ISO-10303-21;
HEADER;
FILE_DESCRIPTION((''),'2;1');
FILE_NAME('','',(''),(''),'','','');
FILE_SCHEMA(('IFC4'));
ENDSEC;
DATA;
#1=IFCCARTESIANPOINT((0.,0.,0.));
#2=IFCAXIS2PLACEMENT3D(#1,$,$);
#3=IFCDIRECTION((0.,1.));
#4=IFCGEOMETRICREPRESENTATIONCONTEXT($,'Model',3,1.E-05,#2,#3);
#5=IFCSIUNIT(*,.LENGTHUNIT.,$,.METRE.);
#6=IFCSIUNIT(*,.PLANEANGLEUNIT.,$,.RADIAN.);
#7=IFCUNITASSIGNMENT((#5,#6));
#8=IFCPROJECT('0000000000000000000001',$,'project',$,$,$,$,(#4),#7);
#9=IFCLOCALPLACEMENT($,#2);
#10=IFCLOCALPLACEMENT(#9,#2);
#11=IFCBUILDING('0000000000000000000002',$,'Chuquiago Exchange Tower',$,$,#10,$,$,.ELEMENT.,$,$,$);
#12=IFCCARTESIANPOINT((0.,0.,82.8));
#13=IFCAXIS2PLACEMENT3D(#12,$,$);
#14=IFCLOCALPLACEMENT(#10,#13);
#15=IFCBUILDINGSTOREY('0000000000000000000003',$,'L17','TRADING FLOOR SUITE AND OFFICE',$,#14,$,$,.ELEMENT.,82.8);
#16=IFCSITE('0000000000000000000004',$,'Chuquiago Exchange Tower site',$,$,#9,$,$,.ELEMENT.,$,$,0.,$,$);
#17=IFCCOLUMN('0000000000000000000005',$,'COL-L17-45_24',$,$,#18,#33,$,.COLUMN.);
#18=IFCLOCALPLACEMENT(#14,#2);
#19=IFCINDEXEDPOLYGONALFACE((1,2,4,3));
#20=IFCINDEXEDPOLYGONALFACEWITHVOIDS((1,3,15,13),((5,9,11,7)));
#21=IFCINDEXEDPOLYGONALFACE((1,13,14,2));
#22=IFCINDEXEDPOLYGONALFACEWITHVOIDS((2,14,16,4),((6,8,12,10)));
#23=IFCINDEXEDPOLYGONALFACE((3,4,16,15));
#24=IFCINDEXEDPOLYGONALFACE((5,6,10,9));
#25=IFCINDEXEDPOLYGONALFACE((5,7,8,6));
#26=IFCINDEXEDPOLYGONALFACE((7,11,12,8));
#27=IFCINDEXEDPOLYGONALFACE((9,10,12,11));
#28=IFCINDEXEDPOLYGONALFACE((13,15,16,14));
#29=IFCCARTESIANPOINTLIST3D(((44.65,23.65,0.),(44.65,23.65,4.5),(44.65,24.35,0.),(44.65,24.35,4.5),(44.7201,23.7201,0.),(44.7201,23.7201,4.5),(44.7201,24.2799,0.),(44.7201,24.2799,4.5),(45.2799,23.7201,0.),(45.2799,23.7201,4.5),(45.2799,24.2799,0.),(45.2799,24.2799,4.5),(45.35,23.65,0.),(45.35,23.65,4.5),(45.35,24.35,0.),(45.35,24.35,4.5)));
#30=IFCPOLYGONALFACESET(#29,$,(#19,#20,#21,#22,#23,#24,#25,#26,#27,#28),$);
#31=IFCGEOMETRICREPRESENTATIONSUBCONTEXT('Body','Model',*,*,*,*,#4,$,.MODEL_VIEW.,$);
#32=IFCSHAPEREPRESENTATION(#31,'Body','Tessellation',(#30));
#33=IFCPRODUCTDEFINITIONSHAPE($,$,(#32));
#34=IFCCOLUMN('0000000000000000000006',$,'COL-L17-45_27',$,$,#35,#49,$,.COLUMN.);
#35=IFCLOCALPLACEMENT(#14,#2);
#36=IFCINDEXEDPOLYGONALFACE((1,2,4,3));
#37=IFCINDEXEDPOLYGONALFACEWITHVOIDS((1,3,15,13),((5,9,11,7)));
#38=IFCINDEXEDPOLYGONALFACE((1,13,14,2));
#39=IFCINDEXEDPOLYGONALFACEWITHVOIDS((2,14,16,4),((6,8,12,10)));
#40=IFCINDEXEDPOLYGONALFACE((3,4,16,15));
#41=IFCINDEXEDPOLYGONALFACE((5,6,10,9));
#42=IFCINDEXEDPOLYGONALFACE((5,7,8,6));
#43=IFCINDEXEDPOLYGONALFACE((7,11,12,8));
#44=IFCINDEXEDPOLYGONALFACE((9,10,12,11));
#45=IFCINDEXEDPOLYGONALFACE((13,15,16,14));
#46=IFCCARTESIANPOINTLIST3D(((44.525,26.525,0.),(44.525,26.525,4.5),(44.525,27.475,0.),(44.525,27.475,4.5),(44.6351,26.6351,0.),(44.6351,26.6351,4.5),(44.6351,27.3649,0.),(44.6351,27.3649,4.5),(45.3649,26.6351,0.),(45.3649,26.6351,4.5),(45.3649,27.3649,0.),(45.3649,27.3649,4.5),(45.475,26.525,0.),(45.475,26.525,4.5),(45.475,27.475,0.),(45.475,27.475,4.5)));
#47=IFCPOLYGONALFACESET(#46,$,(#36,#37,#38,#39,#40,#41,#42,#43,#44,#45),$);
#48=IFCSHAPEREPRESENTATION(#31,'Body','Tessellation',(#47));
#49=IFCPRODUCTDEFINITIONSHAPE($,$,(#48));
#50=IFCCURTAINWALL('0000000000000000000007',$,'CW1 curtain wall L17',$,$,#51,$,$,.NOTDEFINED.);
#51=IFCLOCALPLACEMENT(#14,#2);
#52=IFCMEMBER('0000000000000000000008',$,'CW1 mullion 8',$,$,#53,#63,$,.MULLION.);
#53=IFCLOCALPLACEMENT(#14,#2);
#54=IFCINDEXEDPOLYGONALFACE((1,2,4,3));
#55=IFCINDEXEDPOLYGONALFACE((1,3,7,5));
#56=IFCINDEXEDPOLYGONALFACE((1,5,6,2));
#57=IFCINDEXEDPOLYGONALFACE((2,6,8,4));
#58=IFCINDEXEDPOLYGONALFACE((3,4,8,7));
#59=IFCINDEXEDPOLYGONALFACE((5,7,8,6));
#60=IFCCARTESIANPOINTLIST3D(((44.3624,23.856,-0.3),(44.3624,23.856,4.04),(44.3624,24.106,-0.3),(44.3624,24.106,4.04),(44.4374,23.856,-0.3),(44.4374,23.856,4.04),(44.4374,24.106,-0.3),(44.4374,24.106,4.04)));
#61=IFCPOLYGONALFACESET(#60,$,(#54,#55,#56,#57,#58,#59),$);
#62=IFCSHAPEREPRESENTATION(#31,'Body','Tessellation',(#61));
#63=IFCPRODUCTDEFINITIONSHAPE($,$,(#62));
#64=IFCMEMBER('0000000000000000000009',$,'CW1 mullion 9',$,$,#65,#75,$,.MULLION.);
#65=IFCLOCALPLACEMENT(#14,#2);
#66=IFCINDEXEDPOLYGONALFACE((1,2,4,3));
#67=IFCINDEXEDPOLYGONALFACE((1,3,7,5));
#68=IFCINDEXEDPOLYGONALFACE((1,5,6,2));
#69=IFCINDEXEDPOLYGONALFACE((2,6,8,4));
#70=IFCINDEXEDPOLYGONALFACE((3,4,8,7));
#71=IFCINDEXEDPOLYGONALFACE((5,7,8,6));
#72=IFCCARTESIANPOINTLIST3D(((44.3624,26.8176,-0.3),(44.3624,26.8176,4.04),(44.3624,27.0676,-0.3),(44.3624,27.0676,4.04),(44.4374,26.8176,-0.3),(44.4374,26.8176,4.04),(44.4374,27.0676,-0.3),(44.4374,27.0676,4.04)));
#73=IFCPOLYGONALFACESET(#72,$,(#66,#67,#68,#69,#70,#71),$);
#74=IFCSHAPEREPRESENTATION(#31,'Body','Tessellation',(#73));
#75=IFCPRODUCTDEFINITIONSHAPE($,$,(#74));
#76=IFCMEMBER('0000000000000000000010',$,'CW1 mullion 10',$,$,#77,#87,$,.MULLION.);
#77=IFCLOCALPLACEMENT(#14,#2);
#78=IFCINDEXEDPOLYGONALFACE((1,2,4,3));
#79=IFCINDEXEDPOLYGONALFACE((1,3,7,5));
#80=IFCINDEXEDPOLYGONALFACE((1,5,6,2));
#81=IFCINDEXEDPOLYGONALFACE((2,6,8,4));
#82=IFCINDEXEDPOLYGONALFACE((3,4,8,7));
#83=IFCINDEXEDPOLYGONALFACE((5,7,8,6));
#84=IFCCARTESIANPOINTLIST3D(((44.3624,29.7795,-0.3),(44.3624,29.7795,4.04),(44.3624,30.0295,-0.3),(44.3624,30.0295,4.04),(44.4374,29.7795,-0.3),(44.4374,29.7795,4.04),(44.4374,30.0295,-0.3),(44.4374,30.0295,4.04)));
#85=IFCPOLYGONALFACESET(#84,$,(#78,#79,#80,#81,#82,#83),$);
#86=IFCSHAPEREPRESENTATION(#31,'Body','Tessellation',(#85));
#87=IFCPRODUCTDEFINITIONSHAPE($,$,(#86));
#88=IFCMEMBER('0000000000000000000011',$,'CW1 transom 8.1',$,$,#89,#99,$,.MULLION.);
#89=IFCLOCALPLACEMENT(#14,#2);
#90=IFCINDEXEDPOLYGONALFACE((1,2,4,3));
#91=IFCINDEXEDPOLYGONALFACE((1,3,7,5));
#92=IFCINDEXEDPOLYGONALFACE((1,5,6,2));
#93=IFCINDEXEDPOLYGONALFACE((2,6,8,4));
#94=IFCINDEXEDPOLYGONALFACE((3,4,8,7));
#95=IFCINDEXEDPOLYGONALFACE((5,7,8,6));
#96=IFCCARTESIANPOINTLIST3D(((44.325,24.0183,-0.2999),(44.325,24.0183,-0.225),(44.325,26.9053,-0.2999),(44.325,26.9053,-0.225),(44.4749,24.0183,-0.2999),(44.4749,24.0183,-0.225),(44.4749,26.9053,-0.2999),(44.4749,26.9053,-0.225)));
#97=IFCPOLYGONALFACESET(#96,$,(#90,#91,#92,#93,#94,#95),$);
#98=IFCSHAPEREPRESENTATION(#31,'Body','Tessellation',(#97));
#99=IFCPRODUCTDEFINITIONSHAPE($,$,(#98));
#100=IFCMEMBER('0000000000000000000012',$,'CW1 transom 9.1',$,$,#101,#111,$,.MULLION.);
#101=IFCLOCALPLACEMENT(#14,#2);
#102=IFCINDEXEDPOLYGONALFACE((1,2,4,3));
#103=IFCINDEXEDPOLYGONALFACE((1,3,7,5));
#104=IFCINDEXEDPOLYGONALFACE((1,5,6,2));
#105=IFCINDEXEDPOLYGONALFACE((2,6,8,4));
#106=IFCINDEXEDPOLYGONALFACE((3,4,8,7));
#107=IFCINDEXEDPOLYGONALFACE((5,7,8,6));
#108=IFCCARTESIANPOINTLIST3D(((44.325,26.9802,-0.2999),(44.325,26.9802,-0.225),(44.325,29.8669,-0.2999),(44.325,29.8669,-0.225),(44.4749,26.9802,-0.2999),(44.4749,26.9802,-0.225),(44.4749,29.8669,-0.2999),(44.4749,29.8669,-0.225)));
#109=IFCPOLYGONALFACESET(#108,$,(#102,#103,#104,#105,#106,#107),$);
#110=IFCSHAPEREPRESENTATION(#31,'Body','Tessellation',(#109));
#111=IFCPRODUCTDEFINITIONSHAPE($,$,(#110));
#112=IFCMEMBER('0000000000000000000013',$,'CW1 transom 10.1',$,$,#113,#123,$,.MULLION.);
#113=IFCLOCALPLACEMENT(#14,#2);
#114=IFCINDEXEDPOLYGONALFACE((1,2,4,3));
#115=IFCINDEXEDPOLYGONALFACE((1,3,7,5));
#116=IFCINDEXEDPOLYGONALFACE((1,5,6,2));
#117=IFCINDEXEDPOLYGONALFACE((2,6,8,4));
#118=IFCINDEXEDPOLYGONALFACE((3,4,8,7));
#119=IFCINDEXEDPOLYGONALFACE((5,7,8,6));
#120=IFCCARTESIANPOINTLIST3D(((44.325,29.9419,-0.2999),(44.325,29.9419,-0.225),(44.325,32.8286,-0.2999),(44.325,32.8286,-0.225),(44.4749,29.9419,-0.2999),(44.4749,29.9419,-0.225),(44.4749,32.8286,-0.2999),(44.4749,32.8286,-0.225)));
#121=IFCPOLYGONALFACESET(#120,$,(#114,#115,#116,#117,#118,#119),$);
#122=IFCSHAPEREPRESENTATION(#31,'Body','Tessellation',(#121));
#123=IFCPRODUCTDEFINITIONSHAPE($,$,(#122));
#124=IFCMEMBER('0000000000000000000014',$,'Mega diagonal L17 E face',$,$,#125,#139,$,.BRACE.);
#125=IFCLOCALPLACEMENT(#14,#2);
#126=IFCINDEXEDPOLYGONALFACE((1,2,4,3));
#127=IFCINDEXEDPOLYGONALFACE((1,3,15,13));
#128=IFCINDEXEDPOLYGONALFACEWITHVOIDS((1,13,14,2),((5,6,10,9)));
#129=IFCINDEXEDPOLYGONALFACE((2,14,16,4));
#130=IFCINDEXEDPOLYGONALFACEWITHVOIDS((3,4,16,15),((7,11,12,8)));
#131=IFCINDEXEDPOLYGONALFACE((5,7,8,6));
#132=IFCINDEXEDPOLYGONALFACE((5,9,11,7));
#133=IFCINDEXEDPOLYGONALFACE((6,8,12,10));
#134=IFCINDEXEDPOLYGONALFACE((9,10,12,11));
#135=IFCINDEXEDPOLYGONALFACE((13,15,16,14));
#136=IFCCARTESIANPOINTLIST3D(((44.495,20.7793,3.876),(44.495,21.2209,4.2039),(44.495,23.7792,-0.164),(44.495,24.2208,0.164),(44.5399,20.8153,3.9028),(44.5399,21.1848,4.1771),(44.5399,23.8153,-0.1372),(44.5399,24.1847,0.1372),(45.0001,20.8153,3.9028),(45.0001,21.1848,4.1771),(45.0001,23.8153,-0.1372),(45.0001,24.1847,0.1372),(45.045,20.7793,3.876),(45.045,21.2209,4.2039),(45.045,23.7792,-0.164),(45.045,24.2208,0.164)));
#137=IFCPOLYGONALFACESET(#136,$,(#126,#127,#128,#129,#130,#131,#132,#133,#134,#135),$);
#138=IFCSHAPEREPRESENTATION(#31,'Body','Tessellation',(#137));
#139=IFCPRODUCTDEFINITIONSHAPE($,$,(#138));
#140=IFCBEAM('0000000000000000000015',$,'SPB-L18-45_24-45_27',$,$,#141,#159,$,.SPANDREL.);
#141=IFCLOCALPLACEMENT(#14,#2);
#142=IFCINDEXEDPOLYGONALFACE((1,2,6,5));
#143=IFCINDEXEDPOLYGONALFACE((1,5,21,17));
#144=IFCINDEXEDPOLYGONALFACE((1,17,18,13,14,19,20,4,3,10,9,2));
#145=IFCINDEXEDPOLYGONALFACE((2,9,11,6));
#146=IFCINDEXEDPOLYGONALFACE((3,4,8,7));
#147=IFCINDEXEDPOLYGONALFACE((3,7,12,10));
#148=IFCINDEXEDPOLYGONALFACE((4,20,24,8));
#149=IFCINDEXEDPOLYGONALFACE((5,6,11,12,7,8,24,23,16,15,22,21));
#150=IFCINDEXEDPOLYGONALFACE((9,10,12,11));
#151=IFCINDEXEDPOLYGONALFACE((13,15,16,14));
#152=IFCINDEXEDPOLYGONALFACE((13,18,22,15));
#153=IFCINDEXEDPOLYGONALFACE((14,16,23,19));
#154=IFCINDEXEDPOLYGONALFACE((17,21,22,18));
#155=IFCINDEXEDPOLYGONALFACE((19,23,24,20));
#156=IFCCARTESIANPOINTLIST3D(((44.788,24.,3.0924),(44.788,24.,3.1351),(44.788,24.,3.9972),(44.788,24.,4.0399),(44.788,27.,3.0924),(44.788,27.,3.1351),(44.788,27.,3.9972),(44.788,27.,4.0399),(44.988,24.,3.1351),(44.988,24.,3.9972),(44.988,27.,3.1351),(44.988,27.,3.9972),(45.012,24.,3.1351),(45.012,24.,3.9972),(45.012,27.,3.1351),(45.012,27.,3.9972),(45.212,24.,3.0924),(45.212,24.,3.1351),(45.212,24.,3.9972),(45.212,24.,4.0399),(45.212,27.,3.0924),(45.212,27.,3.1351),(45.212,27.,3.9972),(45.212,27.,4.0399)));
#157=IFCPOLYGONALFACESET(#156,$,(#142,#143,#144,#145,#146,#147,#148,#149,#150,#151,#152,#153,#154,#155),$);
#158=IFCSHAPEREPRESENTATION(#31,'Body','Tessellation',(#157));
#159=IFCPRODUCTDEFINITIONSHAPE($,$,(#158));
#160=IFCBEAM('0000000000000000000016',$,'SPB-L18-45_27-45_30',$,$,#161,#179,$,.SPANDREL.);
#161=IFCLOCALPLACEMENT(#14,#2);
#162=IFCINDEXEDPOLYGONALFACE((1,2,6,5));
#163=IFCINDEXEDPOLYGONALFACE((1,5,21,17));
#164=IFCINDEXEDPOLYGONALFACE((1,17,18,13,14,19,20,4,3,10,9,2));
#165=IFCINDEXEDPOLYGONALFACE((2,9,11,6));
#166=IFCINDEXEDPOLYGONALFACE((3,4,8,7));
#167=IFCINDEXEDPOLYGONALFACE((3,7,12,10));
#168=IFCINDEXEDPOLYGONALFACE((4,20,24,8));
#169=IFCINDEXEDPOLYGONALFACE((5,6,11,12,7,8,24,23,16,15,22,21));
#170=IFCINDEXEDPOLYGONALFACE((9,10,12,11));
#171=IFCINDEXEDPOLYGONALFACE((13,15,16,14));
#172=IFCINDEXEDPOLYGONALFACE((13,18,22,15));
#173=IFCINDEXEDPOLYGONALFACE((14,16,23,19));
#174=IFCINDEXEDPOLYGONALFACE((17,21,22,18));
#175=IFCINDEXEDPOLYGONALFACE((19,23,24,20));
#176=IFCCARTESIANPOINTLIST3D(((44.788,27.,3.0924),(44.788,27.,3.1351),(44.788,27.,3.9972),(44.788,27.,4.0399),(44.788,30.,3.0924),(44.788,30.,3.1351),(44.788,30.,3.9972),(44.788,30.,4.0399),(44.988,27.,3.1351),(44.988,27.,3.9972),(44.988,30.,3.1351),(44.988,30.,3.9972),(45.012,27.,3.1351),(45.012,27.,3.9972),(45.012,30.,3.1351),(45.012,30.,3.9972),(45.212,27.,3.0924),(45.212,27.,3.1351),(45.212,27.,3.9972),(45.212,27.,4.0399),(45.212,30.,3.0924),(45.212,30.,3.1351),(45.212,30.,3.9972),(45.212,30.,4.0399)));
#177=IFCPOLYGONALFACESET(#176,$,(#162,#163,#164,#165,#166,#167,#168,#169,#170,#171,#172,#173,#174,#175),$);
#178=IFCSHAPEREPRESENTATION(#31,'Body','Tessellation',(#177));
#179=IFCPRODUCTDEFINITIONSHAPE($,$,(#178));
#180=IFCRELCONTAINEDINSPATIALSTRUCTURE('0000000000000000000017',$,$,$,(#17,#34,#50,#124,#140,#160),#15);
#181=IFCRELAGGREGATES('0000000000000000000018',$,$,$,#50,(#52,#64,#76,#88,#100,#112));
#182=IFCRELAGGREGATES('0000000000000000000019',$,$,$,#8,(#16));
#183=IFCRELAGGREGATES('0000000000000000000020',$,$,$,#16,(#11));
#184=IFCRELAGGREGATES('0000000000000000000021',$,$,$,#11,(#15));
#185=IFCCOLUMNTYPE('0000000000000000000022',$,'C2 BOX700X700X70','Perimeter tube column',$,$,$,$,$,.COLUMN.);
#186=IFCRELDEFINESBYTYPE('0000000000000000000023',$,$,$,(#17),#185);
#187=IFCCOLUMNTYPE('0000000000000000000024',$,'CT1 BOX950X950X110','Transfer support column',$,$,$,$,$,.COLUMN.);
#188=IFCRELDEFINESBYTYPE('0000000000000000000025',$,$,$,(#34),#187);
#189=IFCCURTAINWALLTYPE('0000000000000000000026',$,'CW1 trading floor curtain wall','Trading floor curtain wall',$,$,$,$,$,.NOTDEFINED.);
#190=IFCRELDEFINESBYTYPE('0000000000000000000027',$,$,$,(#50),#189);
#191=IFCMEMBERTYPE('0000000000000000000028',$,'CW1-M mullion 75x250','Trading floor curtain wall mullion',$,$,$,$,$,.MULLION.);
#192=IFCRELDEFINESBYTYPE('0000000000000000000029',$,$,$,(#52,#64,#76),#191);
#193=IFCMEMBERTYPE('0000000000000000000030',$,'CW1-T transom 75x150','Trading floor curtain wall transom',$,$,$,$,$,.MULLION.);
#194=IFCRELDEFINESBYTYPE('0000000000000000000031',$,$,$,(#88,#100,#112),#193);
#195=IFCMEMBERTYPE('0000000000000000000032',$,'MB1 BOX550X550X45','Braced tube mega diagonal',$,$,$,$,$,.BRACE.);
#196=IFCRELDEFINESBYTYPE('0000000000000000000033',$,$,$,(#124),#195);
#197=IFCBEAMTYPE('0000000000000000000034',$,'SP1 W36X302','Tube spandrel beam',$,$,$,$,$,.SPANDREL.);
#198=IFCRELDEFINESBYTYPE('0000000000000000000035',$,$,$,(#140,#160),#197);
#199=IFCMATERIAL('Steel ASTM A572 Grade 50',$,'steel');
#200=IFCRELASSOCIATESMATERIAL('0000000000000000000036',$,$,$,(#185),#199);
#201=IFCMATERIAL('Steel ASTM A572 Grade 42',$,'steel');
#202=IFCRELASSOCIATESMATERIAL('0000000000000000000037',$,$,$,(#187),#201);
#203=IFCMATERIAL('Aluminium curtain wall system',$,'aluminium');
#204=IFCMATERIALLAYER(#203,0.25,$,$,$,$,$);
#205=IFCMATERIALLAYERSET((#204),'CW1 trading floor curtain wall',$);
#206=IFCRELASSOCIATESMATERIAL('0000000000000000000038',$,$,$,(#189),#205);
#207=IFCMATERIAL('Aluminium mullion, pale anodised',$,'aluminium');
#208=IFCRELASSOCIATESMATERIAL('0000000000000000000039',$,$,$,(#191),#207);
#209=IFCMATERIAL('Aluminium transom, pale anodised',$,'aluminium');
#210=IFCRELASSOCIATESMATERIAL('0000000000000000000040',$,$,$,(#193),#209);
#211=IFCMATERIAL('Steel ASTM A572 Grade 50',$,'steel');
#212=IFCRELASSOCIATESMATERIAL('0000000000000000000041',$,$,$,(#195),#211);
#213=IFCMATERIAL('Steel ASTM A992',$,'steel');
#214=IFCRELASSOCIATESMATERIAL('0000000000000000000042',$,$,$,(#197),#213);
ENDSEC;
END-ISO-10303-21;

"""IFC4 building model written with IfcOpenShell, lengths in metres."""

from ifc_helpers import new_model, si_unit, direction, frame, origin, origin_2d, place, context, subcontext, project, spatial, rectangle, hollow_rectangle, i_section, extrude, material, layer, layer_set, material_profile, profile_set, type_object, element, aggregate, save


model = new_model("IFC4")

# Units and contexts
model_context = context("Model", 3, precision=1e-05, world=origin(), true_north=direction((0.0, 1.0)))
body_context = subcontext(model_context, "Body", "Model", "MODEL_VIEW")
ifc_project = project(units=[si_unit("LENGTHUNIT", "METRE"), si_unit("PLANEANGLEUNIT", "RADIAN")], contexts=[model_context])

# Site, building, storey
site_placement = place(None, origin())
site = spatial("IfcSite", under=ifc_project, at=site_placement, Name="Chuquiago Exchange Tower site", CompositionType="ELEMENT", RefElevation=0.0)
building_placement = place(site_placement, origin())
building = spatial("IfcBuilding", under=site, at=building_placement, Name="Chuquiago Exchange Tower", CompositionType="ELEMENT")
storey_placement = place(building_placement, frame((0.0, 0.0, 82.8)))
storey = spatial("IfcBuildingStorey", under=building, at=storey_placement, Name="L17", Description="TRADING FLOOR SUITE AND OFFICE", CompositionType="ELEMENT", Elevation=82.8)

# Columns
ifc_material_1 = material(Name="Steel ASTM A572 Grade 50", Category="steel")
ifc_material_profile_1 = material_profile(ifc_material_1, hollow_rectangle(XDim=0.7, YDim=0.7, WallThickness=0.0701, at=origin_2d()), Name="BOX700X700X70")
ifc_profile_set_1 = profile_set([ifc_material_profile_1], Name="Steel ASTM A572 Grade 50")
column_type_1 = type_object("IfcColumnType", Name="C2 BOX700X700X70", Description="Perimeter tube column", PredefinedType="COLUMN", material=ifc_profile_set_1)
column_1_placement = place(storey_placement, frame((45.0, 24.0, 0.0), z_axis=(0.0, 0.0, 1.0), x_axis=(1.0, 0.0, 0.0)))
element("IfcColumn", 1, at=column_1_placement, inside=storey, type_object=column_type_1, Name="COL-L17-45_24", PredefinedType="COLUMN", context=body_context, shape_type="SweptSolid", body=[
    extrude(hollow_rectangle(XDim=0.7, YDim=0.7, WallThickness=0.0701, at=origin_2d()), origin(), (0.0, 0.0, 1.0), 4.5),
])
ifc_material_2 = material(Name="Steel ASTM A572 Grade 42", Category="steel")
ifc_material_profile_2 = material_profile(ifc_material_2, hollow_rectangle(XDim=0.95, YDim=0.95, WallThickness=0.1101, at=origin_2d()), Name="BOX950X950X110")
ifc_profile_set_2 = profile_set([ifc_material_profile_2], Name="Steel ASTM A572 Grade 42")
column_type_2 = type_object("IfcColumnType", Name="CT1 BOX950X950X110", Description="Transfer support column", PredefinedType="COLUMN", material=ifc_profile_set_2)
column_2_placement = place(storey_placement, frame((45.0, 27.0, 0.0), z_axis=(0.0, 0.0, 1.0), x_axis=(1.0, 0.0, 0.0)))
element("IfcColumn", 2, at=column_2_placement, inside=storey, type_object=column_type_2, Name="COL-L17-45_27", PredefinedType="COLUMN", context=body_context, shape_type="SweptSolid", body=[
    extrude(hollow_rectangle(XDim=0.95, YDim=0.95, WallThickness=0.1101, at=origin_2d()), origin(), (0.0, 0.0, 1.0), 4.5),
])

# Curtain wall, members
ifc_material_3 = material(Name="Aluminium curtain wall system", Category="aluminium")
ifc_layer_1 = layer(ifc_material_3, 0.25)
ifc_layer_set_1 = layer_set([ifc_layer_1], Name="CW1 trading floor curtain wall")
curtain_wall_type = type_object("IfcCurtainWallType", Name="CW1 trading floor curtain wall", Description="Trading floor curtain wall", PredefinedType="NOTDEFINED", material=ifc_layer_set_1)
curtain_wall_placement = place(storey_placement, origin())
curtain_wall = element("IfcCurtainWall", 3, at=curtain_wall_placement, inside=storey, type_object=curtain_wall_type, Name="CW1 curtain wall L17", PredefinedType="NOTDEFINED")
ifc_material_4 = material(Name="Aluminium mullion, pale anodised", Category="aluminium")
ifc_material_profile_3 = material_profile(ifc_material_4, rectangle(XDim=0.075, YDim=0.25, at=origin_2d()), Name="AL 75x250")
ifc_profile_set_3 = profile_set([ifc_material_profile_3], Name="Aluminium mullion, pale anodised")
member_type_1 = type_object("IfcMemberType", Name="CW1-M mullion 75x250", Description="Trading floor curtain wall mullion", PredefinedType="MULLION", material=ifc_profile_set_3)
member_1_placement = place(storey_placement, frame((44.3999, 23.981, -0.3), z_axis=(0.0, 0.0, 1.0), x_axis=(-1.0, 0.0, 0.0)))
member_1 = element("IfcMember", 4, at=member_1_placement, type_object=member_type_1, Name="CW1 mullion 8", PredefinedType="MULLION", context=body_context, shape_type="SweptSolid", body=[
    extrude(rectangle(XDim=0.075, YDim=0.25, at=origin_2d()), origin(), (0.0, 0.0, 1.0), 4.3401),
])
member_2_placement = place(storey_placement, frame((44.3999, 26.9426, -0.3), z_axis=(0.0, 0.0, 1.0), x_axis=(-1.0, 0.0, 0.0)))
member_2 = element("IfcMember", 5, at=member_2_placement, type_object=member_type_1, Name="CW1 mullion 9", PredefinedType="MULLION", context=body_context, shape_type="SweptSolid", body=[
    extrude(rectangle(XDim=0.075, YDim=0.25, at=origin_2d()), origin(), (0.0, 0.0, 1.0), 4.3401),
])
member_3_placement = place(storey_placement, frame((44.3999, 29.9045, -0.3), z_axis=(0.0, 0.0, 1.0), x_axis=(-1.0, 0.0, 0.0)))
member_3 = element("IfcMember", 6, at=member_3_placement, type_object=member_type_1, Name="CW1 mullion 10", PredefinedType="MULLION", context=body_context, shape_type="SweptSolid", body=[
    extrude(rectangle(XDim=0.075, YDim=0.25, at=origin_2d()), origin(), (0.0, 0.0, 1.0), 4.3401),
])
ifc_material_5 = material(Name="Aluminium transom, pale anodised", Category="aluminium")
ifc_material_profile_4 = material_profile(ifc_material_5, rectangle(XDim=0.1499, YDim=0.075, at=origin_2d()), Name="AL 150x75")
ifc_profile_set_4 = profile_set([ifc_material_profile_4], Name="Aluminium transom, pale anodised")
member_type_2 = type_object("IfcMemberType", Name="CW1-T transom 75x150", Description="Trading floor curtain wall transom", PredefinedType="MULLION", material=ifc_profile_set_4)
member_4_placement = place(storey_placement, frame((44.3999, 24.0183, -0.2625), z_axis=(0.0, 1.0, 0.0), x_axis=(-1.0, 0.0, 0.0)))
member_4 = element("IfcMember", 7, at=member_4_placement, type_object=member_type_2, Name="CW1 transom 8.1", PredefinedType="MULLION", context=body_context, shape_type="SweptSolid", body=[
    extrude(rectangle(XDim=0.1499, YDim=0.075, at=origin_2d()), origin(), (0.0, 0.0, 1.0), 2.887),
])
member_5_placement = place(storey_placement, frame((44.3999, 26.9802, -0.2625), z_axis=(0.0, 1.0, 0.0), x_axis=(-1.0, 0.0, 0.0)))
member_5 = element("IfcMember", 8, at=member_5_placement, type_object=member_type_2, Name="CW1 transom 9.1", PredefinedType="MULLION", context=body_context, shape_type="SweptSolid", body=[
    extrude(rectangle(XDim=0.1499, YDim=0.075, at=origin_2d()), origin(), (0.0, 0.0, 1.0), 2.8867),
])
member_6_placement = place(storey_placement, frame((44.3999, 29.9419, -0.2625), z_axis=(0.0, 1.0, 0.0), x_axis=(-1.0, 0.0, 0.0)))
member_6 = element("IfcMember", 9, at=member_6_placement, type_object=member_type_2, Name="CW1 transom 10.1", PredefinedType="MULLION", context=body_context, shape_type="SweptSolid", body=[
    extrude(rectangle(XDim=0.1499, YDim=0.075, at=origin_2d()), origin(), (0.0, 0.0, 1.0), 2.8867),
])

# Member
ifc_material_6 = material(Name="Steel ASTM A572 Grade 50", Category="steel")
ifc_material_profile_5 = material_profile(ifc_material_6, hollow_rectangle(XDim=0.55, YDim=0.55, WallThickness=0.0449, at=origin_2d()), Name="BOX550X550X45")
ifc_profile_set_5 = profile_set([ifc_material_profile_5], Name="Steel ASTM A572 Grade 50")
member_type_3 = type_object("IfcMemberType", Name="MB1 BOX550X550X45", Description="Braced tube mega diagonal", PredefinedType="BRACE", material=ifc_profile_set_5)
member_7_placement = place(storey_placement, frame((44.77, 24.0, 0.0), z_axis=(0.0, -0.596174, 0.802855), x_axis=(1.0, 0.0, 0.0)))
element("IfcMember", 10, at=member_7_placement, inside=storey, type_object=member_type_3, Name="Mega diagonal L17 E face", PredefinedType="BRACE", context=body_context, shape_type="SweptSolid", body=[
    extrude(hollow_rectangle(XDim=0.55, YDim=0.55, WallThickness=0.0449, at=origin_2d()), origin(), (0.0, 0.0, 1.0), 5.032),
])

# Beams
ifc_material_7 = material(Name="Steel ASTM A992", Category="steel")
ifc_material_profile_6 = material_profile(ifc_material_7, i_section(OverallWidth=0.4241, OverallDepth=0.9475, WebThickness=0.0239, FlangeThickness=0.0427, at=origin_2d()), Name="W36X302")
ifc_profile_set_6 = profile_set([ifc_material_profile_6], Name="Steel ASTM A992")
beam_type = type_object("IfcBeamType", Name="SP1 W36X302", Description="Tube spandrel beam", PredefinedType="SPANDREL", material=ifc_profile_set_6)
for number, where, z_axis, x_axis, name in (
    (11, (45.0, 24.0, 3.5662), (0.0, 1.0, 0.0), (-1.0, 0.0, 0.0), "SPB-L18-45_24-45_27"),
    (12, (45.0, 27.0, 3.5662), (0.0, 1.0, 0.0), (-1.0, 0.0, 0.0), "SPB-L18-45_27-45_30"),
):
    element("IfcBeam", number, at=place(storey_placement, frame(where, z_axis=z_axis, x_axis=x_axis)), inside=storey, type_object=beam_type, Name=name, PredefinedType="SPANDREL", context=body_context, shape_type="SweptSolid", body=[
        extrude(i_section(OverallWidth=0.4241, OverallDepth=0.9475, WebThickness=0.0239, FlangeThickness=0.0427, at=origin_2d()), origin(), (0.0, 0.0, 1.0), 3.0),
    ])

aggregate(curtain_wall, [member_1, member_2, member_3, member_4, member_5, member_6])

save(model, "model.ifc")
